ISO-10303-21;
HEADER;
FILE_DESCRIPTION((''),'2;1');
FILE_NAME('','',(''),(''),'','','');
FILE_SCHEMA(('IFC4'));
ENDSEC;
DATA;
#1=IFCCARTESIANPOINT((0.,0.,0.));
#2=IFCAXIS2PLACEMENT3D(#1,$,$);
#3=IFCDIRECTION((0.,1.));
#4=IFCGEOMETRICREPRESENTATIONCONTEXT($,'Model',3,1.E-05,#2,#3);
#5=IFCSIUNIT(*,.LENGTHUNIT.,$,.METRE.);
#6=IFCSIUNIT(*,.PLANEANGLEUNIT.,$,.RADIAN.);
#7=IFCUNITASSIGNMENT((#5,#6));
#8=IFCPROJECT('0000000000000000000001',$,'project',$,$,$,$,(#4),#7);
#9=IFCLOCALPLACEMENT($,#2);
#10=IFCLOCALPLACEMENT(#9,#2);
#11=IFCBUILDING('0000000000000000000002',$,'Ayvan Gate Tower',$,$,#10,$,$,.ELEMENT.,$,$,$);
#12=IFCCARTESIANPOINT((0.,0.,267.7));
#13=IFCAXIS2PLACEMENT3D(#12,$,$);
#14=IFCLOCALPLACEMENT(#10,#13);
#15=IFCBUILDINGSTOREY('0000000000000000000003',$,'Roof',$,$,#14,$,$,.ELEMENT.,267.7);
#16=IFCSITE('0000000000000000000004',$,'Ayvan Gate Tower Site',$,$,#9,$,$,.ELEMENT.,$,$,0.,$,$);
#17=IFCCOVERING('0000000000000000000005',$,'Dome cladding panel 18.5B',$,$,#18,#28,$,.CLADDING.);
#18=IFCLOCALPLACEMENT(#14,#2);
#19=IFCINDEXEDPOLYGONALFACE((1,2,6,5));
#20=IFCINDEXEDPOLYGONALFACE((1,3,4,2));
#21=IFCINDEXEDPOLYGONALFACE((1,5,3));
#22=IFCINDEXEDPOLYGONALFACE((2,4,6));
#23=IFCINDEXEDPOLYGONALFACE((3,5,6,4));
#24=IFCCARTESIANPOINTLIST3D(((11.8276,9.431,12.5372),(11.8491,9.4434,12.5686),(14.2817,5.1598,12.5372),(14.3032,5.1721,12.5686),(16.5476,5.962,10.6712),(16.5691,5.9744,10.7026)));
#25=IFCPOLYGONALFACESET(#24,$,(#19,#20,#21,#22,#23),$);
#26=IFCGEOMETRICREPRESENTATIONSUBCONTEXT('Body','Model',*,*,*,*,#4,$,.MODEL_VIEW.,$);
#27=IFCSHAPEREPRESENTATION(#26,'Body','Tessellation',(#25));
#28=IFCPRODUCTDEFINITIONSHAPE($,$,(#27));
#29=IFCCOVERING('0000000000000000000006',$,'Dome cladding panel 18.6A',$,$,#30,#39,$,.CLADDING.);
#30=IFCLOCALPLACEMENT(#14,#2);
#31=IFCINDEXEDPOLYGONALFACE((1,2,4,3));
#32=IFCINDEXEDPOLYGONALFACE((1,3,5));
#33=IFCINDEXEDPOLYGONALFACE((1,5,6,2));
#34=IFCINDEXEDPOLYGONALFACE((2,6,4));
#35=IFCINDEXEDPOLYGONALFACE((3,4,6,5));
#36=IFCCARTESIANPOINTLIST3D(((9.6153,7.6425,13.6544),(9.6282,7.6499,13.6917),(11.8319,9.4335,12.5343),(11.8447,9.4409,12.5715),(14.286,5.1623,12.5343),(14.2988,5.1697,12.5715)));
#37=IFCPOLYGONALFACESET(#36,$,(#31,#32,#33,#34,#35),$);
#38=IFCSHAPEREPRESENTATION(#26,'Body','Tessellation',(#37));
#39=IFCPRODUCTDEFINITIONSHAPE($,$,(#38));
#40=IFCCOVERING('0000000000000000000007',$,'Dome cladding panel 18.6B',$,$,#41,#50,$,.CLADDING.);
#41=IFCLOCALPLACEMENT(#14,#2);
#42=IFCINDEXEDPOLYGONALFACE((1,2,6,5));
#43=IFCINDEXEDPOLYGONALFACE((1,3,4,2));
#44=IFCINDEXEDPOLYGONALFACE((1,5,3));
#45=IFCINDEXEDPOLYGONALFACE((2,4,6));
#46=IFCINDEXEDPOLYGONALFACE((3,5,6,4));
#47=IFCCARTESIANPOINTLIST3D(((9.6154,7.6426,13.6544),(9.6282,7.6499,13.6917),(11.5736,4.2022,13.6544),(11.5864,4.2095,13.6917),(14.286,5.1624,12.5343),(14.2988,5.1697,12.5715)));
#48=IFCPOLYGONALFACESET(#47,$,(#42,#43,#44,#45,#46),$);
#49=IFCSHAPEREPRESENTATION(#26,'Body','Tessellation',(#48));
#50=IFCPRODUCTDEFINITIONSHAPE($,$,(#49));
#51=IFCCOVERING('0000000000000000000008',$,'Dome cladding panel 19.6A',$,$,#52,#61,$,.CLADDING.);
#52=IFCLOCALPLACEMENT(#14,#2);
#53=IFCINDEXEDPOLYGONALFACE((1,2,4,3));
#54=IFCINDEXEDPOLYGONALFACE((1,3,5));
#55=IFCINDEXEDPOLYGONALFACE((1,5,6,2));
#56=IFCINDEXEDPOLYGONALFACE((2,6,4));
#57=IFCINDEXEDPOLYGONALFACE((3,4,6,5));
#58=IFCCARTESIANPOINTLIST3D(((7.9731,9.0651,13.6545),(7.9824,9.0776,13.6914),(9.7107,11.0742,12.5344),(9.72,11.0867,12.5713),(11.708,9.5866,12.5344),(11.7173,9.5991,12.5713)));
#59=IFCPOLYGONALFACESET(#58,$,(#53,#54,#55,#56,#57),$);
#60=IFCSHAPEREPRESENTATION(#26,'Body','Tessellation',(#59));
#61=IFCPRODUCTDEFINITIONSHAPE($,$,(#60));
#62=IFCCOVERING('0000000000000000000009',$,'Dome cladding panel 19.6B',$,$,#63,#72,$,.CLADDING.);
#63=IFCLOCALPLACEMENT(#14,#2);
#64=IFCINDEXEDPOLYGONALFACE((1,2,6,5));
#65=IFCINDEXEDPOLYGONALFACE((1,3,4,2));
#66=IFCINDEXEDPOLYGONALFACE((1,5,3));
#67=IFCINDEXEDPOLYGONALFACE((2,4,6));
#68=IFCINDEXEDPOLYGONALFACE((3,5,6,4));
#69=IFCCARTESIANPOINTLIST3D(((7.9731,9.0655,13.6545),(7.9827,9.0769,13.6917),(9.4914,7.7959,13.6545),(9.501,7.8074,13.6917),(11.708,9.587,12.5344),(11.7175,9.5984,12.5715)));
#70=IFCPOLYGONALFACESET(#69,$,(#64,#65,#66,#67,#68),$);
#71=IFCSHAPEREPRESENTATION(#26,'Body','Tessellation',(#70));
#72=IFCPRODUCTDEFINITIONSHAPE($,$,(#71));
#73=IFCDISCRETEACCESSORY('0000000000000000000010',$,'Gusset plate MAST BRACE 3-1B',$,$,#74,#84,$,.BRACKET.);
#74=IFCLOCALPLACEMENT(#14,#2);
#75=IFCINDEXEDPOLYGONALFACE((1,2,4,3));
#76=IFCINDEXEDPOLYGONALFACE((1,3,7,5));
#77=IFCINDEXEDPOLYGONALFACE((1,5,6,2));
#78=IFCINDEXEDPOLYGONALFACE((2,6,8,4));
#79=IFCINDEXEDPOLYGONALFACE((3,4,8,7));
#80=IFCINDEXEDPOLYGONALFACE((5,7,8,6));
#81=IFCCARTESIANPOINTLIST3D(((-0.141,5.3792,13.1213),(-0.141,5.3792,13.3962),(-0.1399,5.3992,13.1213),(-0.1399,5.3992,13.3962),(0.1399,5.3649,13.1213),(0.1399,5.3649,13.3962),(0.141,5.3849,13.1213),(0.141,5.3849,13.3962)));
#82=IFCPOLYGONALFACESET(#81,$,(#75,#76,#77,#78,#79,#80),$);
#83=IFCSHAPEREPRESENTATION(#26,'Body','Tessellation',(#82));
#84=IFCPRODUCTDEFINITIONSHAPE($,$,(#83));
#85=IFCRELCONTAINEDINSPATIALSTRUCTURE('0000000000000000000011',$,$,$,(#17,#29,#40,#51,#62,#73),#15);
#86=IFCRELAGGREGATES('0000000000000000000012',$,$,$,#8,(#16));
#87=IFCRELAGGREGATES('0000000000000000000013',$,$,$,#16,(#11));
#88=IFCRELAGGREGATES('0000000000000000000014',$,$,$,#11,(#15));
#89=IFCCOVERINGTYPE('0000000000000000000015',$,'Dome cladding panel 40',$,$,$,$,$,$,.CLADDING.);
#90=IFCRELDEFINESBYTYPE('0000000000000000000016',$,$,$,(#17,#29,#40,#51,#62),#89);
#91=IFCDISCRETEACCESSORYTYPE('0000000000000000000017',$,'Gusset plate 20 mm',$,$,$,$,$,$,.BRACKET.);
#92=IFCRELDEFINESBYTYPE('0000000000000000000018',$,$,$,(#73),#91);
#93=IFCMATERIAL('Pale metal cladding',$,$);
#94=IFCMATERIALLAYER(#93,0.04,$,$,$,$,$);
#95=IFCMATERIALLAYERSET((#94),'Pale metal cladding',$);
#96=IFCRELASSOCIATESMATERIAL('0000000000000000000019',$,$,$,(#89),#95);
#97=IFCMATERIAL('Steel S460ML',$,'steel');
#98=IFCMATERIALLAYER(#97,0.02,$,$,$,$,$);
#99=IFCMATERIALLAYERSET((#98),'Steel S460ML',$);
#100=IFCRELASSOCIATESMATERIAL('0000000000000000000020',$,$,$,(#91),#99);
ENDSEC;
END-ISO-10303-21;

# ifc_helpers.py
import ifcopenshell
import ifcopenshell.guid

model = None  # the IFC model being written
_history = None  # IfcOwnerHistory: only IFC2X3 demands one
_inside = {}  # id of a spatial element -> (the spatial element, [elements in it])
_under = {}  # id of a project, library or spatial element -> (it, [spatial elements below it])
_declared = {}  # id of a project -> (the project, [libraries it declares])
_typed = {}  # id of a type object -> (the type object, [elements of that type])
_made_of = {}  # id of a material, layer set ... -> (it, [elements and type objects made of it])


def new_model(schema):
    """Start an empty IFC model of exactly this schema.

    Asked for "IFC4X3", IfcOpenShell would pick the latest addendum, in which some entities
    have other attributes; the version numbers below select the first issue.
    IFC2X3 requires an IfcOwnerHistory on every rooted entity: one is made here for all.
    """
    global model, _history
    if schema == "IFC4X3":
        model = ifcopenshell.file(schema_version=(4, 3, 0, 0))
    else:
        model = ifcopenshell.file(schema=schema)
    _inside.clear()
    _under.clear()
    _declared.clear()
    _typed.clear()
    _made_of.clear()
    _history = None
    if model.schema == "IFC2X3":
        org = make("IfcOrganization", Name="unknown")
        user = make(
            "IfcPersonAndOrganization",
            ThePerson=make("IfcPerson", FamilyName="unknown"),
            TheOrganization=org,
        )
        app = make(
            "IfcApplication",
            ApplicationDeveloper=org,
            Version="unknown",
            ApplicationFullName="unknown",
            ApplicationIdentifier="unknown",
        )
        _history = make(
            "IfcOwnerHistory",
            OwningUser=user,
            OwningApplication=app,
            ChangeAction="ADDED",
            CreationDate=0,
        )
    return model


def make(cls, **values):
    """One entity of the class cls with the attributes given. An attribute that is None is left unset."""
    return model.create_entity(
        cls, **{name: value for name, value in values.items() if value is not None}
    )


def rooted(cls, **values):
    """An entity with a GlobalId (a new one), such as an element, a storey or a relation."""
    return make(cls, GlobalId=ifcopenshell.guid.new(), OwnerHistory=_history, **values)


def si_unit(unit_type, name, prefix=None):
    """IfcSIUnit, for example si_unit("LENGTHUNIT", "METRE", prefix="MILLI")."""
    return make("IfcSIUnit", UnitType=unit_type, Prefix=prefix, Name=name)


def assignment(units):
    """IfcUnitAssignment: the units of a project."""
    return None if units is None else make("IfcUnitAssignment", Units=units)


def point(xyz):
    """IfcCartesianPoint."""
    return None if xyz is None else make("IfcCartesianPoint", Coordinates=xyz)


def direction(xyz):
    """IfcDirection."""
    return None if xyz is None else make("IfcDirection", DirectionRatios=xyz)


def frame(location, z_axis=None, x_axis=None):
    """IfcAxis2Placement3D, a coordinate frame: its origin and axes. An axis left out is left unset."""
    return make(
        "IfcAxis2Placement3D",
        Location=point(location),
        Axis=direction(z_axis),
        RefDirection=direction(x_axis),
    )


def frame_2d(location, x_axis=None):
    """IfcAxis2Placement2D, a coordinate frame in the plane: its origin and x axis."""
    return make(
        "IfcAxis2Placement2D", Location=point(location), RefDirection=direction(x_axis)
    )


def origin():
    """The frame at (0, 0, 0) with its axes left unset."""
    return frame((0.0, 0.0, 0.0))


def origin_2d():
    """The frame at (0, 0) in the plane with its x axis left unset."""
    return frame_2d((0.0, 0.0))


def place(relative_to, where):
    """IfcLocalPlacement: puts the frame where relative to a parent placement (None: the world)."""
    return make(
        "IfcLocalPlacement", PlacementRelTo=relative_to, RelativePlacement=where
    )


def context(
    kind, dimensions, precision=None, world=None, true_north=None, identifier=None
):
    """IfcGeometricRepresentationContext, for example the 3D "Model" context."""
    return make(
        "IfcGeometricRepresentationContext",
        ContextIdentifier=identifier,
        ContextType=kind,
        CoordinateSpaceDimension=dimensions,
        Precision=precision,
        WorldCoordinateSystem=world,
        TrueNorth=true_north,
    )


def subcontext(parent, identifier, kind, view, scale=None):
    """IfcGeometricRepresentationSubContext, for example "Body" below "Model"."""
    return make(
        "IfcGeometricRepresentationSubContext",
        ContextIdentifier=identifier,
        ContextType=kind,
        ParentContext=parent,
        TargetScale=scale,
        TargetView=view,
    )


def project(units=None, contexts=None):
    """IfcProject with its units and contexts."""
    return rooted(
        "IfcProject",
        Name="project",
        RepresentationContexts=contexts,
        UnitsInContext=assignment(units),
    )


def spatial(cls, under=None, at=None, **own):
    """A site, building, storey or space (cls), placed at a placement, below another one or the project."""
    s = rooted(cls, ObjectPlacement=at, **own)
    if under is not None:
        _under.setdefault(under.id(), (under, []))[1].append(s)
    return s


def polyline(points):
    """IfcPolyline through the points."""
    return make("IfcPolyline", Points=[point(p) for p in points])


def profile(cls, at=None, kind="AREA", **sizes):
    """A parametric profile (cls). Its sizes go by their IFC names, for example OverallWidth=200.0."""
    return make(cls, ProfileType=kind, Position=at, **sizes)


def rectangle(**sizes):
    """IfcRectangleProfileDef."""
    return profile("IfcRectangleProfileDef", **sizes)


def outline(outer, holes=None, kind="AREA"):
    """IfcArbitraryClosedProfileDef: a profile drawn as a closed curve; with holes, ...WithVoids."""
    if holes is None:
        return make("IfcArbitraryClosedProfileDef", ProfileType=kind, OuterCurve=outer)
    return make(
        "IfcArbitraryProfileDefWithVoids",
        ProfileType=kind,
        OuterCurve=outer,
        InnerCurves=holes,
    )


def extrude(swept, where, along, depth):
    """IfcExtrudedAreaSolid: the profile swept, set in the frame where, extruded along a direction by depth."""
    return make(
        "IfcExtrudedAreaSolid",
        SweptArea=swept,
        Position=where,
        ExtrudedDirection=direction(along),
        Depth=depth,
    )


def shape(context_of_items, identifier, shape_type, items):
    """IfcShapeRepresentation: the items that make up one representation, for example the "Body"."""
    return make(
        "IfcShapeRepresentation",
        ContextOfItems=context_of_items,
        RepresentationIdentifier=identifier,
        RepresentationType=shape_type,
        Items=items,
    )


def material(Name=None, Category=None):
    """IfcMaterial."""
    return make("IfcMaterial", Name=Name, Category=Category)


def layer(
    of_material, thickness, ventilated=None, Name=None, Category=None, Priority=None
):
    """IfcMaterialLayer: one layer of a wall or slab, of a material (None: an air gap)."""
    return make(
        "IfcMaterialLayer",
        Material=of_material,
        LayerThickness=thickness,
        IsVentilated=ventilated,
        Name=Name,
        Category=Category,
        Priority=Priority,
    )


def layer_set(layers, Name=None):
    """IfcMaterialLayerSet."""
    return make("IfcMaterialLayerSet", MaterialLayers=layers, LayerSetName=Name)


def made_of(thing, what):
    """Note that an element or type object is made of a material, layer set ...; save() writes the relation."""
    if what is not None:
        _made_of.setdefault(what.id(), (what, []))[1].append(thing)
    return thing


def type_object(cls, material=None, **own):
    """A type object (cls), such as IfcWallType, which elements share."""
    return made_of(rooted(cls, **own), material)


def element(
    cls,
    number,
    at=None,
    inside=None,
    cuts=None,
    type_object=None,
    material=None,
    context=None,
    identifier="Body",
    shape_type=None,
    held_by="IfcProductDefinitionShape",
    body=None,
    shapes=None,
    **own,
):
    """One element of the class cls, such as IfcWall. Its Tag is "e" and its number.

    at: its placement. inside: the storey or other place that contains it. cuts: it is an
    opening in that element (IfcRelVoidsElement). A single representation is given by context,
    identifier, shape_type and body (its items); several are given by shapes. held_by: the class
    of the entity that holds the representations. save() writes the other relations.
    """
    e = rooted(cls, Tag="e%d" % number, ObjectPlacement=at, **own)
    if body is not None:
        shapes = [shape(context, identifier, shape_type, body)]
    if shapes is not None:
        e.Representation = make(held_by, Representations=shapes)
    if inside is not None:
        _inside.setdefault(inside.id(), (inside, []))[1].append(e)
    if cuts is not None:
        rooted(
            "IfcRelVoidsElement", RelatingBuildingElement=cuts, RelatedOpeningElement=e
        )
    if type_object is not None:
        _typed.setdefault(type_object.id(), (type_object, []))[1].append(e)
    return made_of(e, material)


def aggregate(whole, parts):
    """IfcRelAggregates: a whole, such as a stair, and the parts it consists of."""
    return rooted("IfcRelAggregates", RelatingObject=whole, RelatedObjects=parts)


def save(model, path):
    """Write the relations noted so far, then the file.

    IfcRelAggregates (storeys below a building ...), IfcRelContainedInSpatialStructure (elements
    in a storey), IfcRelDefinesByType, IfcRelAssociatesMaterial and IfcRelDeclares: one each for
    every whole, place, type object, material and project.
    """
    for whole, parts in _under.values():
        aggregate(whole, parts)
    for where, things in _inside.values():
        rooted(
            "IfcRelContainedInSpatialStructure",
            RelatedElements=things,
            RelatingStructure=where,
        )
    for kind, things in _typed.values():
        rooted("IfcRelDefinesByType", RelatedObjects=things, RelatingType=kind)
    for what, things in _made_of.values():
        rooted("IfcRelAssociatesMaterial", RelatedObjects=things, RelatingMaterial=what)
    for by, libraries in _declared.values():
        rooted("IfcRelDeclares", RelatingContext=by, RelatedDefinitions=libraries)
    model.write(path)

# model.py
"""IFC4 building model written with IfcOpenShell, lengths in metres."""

from ifc_helpers import new_model, si_unit, direction, frame, origin, origin_2d, place, context, subcontext, project, spatial, polyline, rectangle, outline, extrude, material, layer, layer_set, type_object, element, save


model = new_model("IFC4")

# Units and contexts
model_context = context("Model", 3, precision=1e-05, world=origin(), true_north=direction((0.0, 1.0)))
body_context = subcontext(model_context, "Body", "Model", "MODEL_VIEW")
ifc_project = project(units=[si_unit("LENGTHUNIT", "METRE"), si_unit("PLANEANGLEUNIT", "RADIAN")], contexts=[model_context])

# Site, building, storey
site_placement = place(None, origin())
site = spatial("IfcSite", under=ifc_project, at=site_placement, Name="Ayvan Gate Tower Site", CompositionType="ELEMENT", RefElevation=0.0)
building_placement = place(site_placement, origin())
building = spatial("IfcBuilding", under=site, at=building_placement, Name="Ayvan Gate Tower", CompositionType="ELEMENT")
storey_placement = place(building_placement, frame((0.0, 0.0, 267.7)))
storey = spatial("IfcBuildingStorey", under=building, at=storey_placement, Name="Roof", CompositionType="ELEMENT", Elevation=267.7)

# Coverings
ifc_material_1 = material(Name="Pale metal cladding")
ifc_layer_1 = layer(ifc_material_1, 0.04)
ifc_layer_set_1 = layer_set([ifc_layer_1], Name="Pale metal cladding")
covering_type = type_object("IfcCoveringType", Name="Dome cladding panel 40", PredefinedType="CLADDING", material=ifc_layer_set_1)
covering_1_placement = place(storey_placement, frame((16.5691, 5.9744, 10.7026), z_axis=(0.537166, 0.308636, 0.784982), x_axis=(-0.767765, 0.564278, 0.303524)))
element("IfcCovering", 1, at=covering_1_placement, inside=storey, type_object=covering_type, Name="Dome cladding panel 18.5B", PredefinedType="CLADDING", context=body_context, shape_type="SweptSolid", body=[
    extrude(outline(polyline([(0.0, 0.0), (6.1477, 0.0), (1.8533, 2.4135), (0.0, 0.0)])), origin(), (0.0, 0.0, -1.0), 0.04),
])
covering_2_placement = place(storey_placement, frame((14.2988, 5.1697, 12.5715), z_axis=(0.320652, 0.184235, 0.929107), x_axis=(-0.498187, 0.86707, 0.0)))
element("IfcCovering", 2, at=covering_2_placement, inside=storey, type_object=covering_type, Name="Dome cladding panel 18.6A", PredefinedType="CLADDING", context=body_context, shape_type="SweptSolid", body=[
    extrude(outline(polyline([(0.0, 0.0), (4.9261, 0.0), (4.4774, 3.0289), (0.0, 0.0)])), origin(), (0.0, 0.0, -1.0), 0.04),
])
covering_3_placement = place(storey_placement, frame((14.2988, 5.1697, 12.5715), z_axis=(0.319619, 0.181923, 0.929918), x_axis=(-0.86403, 0.45882, 0.207212)))
element("IfcCovering", 3, at=covering_3_placement, inside=storey, type_object=covering_type, Name="Dome cladding panel 18.6B", PredefinedType="CLADDING", context=body_context, shape_type="SweptSolid", body=[
    extrude(outline(polyline([(0.0, 0.0), (5.4057, 0.0), (2.1351, 2.2305), (0.0, 0.0)])), origin(), (0.0, 0.0, -1.0), 0.04),
])
covering_4_placement = place(storey_placement, frame((11.7173, 9.5991, 12.5713), z_axis=(0.23262, 0.312337, 0.92105), x_axis=(-0.802007, 0.597314, 0.0)))
element("IfcCovering", 4, at=covering_4_placement, inside=storey, type_object=covering_type, Name="Dome cladding panel 19.6A", PredefinedType="CLADDING", context=body_context, shape_type="SweptSolid", body=[
    extrude(outline(polyline([(0.0, 0.0), (2.4904, 0.0), (2.6839, 2.8762), (0.0, 0.0)])), origin(), (0.0, 0.0, -1.0), 0.04),
])
covering_5_placement = place(storey_placement, frame((11.7175, 9.5984, 12.5715), z_axis=(0.23856, 0.285309, 0.928272), x_axis=(-0.949397, -0.132561, 0.284732)))
element("IfcCovering", 5, at=covering_5_placement, inside=storey, type_object=covering_type, Name="Dome cladding panel 19.6B", PredefinedType="CLADDING", context=body_context, shape_type="SweptSolid", body=[
    extrude(outline(polyline([(0.0, 0.0), (3.9339, 0.0), (2.6607, 1.5152), (0.0, 0.0)])), origin(), (0.0, 0.0, -1.0), 0.04),
])

# Discrete accessory
ifc_material_2 = material(Name="Steel S460ML", Category="steel")
ifc_layer_2 = layer(ifc_material_2, 0.02)
ifc_layer_set_2 = layer_set([ifc_layer_2], Name="Steel S460ML")
discrete_accessory_type = type_object("IfcDiscreteAccessoryType", Name="Gusset plate 20 mm", PredefinedType="BRACKET", material=ifc_layer_set_2)
discrete_accessory_placement = place(storey_placement, frame((0.0, 5.3821, 13.1213), z_axis=(0.0, 0.0, 1.0), x_axis=(-0.998703, 0.050914, 0.0)))
element("IfcDiscreteAccessory", 6, at=discrete_accessory_placement, inside=storey, type_object=discrete_accessory_type, Name="Gusset plate MAST BRACE 3-1B", PredefinedType="BRACKET", context=body_context, shape_type="SweptSolid", body=[
    extrude(rectangle(XDim=0.2812, YDim=0.02, at=origin_2d()), origin(), (0.0, 0.0, 1.0), 0.2749),
])

save(model, "model.ifc")
